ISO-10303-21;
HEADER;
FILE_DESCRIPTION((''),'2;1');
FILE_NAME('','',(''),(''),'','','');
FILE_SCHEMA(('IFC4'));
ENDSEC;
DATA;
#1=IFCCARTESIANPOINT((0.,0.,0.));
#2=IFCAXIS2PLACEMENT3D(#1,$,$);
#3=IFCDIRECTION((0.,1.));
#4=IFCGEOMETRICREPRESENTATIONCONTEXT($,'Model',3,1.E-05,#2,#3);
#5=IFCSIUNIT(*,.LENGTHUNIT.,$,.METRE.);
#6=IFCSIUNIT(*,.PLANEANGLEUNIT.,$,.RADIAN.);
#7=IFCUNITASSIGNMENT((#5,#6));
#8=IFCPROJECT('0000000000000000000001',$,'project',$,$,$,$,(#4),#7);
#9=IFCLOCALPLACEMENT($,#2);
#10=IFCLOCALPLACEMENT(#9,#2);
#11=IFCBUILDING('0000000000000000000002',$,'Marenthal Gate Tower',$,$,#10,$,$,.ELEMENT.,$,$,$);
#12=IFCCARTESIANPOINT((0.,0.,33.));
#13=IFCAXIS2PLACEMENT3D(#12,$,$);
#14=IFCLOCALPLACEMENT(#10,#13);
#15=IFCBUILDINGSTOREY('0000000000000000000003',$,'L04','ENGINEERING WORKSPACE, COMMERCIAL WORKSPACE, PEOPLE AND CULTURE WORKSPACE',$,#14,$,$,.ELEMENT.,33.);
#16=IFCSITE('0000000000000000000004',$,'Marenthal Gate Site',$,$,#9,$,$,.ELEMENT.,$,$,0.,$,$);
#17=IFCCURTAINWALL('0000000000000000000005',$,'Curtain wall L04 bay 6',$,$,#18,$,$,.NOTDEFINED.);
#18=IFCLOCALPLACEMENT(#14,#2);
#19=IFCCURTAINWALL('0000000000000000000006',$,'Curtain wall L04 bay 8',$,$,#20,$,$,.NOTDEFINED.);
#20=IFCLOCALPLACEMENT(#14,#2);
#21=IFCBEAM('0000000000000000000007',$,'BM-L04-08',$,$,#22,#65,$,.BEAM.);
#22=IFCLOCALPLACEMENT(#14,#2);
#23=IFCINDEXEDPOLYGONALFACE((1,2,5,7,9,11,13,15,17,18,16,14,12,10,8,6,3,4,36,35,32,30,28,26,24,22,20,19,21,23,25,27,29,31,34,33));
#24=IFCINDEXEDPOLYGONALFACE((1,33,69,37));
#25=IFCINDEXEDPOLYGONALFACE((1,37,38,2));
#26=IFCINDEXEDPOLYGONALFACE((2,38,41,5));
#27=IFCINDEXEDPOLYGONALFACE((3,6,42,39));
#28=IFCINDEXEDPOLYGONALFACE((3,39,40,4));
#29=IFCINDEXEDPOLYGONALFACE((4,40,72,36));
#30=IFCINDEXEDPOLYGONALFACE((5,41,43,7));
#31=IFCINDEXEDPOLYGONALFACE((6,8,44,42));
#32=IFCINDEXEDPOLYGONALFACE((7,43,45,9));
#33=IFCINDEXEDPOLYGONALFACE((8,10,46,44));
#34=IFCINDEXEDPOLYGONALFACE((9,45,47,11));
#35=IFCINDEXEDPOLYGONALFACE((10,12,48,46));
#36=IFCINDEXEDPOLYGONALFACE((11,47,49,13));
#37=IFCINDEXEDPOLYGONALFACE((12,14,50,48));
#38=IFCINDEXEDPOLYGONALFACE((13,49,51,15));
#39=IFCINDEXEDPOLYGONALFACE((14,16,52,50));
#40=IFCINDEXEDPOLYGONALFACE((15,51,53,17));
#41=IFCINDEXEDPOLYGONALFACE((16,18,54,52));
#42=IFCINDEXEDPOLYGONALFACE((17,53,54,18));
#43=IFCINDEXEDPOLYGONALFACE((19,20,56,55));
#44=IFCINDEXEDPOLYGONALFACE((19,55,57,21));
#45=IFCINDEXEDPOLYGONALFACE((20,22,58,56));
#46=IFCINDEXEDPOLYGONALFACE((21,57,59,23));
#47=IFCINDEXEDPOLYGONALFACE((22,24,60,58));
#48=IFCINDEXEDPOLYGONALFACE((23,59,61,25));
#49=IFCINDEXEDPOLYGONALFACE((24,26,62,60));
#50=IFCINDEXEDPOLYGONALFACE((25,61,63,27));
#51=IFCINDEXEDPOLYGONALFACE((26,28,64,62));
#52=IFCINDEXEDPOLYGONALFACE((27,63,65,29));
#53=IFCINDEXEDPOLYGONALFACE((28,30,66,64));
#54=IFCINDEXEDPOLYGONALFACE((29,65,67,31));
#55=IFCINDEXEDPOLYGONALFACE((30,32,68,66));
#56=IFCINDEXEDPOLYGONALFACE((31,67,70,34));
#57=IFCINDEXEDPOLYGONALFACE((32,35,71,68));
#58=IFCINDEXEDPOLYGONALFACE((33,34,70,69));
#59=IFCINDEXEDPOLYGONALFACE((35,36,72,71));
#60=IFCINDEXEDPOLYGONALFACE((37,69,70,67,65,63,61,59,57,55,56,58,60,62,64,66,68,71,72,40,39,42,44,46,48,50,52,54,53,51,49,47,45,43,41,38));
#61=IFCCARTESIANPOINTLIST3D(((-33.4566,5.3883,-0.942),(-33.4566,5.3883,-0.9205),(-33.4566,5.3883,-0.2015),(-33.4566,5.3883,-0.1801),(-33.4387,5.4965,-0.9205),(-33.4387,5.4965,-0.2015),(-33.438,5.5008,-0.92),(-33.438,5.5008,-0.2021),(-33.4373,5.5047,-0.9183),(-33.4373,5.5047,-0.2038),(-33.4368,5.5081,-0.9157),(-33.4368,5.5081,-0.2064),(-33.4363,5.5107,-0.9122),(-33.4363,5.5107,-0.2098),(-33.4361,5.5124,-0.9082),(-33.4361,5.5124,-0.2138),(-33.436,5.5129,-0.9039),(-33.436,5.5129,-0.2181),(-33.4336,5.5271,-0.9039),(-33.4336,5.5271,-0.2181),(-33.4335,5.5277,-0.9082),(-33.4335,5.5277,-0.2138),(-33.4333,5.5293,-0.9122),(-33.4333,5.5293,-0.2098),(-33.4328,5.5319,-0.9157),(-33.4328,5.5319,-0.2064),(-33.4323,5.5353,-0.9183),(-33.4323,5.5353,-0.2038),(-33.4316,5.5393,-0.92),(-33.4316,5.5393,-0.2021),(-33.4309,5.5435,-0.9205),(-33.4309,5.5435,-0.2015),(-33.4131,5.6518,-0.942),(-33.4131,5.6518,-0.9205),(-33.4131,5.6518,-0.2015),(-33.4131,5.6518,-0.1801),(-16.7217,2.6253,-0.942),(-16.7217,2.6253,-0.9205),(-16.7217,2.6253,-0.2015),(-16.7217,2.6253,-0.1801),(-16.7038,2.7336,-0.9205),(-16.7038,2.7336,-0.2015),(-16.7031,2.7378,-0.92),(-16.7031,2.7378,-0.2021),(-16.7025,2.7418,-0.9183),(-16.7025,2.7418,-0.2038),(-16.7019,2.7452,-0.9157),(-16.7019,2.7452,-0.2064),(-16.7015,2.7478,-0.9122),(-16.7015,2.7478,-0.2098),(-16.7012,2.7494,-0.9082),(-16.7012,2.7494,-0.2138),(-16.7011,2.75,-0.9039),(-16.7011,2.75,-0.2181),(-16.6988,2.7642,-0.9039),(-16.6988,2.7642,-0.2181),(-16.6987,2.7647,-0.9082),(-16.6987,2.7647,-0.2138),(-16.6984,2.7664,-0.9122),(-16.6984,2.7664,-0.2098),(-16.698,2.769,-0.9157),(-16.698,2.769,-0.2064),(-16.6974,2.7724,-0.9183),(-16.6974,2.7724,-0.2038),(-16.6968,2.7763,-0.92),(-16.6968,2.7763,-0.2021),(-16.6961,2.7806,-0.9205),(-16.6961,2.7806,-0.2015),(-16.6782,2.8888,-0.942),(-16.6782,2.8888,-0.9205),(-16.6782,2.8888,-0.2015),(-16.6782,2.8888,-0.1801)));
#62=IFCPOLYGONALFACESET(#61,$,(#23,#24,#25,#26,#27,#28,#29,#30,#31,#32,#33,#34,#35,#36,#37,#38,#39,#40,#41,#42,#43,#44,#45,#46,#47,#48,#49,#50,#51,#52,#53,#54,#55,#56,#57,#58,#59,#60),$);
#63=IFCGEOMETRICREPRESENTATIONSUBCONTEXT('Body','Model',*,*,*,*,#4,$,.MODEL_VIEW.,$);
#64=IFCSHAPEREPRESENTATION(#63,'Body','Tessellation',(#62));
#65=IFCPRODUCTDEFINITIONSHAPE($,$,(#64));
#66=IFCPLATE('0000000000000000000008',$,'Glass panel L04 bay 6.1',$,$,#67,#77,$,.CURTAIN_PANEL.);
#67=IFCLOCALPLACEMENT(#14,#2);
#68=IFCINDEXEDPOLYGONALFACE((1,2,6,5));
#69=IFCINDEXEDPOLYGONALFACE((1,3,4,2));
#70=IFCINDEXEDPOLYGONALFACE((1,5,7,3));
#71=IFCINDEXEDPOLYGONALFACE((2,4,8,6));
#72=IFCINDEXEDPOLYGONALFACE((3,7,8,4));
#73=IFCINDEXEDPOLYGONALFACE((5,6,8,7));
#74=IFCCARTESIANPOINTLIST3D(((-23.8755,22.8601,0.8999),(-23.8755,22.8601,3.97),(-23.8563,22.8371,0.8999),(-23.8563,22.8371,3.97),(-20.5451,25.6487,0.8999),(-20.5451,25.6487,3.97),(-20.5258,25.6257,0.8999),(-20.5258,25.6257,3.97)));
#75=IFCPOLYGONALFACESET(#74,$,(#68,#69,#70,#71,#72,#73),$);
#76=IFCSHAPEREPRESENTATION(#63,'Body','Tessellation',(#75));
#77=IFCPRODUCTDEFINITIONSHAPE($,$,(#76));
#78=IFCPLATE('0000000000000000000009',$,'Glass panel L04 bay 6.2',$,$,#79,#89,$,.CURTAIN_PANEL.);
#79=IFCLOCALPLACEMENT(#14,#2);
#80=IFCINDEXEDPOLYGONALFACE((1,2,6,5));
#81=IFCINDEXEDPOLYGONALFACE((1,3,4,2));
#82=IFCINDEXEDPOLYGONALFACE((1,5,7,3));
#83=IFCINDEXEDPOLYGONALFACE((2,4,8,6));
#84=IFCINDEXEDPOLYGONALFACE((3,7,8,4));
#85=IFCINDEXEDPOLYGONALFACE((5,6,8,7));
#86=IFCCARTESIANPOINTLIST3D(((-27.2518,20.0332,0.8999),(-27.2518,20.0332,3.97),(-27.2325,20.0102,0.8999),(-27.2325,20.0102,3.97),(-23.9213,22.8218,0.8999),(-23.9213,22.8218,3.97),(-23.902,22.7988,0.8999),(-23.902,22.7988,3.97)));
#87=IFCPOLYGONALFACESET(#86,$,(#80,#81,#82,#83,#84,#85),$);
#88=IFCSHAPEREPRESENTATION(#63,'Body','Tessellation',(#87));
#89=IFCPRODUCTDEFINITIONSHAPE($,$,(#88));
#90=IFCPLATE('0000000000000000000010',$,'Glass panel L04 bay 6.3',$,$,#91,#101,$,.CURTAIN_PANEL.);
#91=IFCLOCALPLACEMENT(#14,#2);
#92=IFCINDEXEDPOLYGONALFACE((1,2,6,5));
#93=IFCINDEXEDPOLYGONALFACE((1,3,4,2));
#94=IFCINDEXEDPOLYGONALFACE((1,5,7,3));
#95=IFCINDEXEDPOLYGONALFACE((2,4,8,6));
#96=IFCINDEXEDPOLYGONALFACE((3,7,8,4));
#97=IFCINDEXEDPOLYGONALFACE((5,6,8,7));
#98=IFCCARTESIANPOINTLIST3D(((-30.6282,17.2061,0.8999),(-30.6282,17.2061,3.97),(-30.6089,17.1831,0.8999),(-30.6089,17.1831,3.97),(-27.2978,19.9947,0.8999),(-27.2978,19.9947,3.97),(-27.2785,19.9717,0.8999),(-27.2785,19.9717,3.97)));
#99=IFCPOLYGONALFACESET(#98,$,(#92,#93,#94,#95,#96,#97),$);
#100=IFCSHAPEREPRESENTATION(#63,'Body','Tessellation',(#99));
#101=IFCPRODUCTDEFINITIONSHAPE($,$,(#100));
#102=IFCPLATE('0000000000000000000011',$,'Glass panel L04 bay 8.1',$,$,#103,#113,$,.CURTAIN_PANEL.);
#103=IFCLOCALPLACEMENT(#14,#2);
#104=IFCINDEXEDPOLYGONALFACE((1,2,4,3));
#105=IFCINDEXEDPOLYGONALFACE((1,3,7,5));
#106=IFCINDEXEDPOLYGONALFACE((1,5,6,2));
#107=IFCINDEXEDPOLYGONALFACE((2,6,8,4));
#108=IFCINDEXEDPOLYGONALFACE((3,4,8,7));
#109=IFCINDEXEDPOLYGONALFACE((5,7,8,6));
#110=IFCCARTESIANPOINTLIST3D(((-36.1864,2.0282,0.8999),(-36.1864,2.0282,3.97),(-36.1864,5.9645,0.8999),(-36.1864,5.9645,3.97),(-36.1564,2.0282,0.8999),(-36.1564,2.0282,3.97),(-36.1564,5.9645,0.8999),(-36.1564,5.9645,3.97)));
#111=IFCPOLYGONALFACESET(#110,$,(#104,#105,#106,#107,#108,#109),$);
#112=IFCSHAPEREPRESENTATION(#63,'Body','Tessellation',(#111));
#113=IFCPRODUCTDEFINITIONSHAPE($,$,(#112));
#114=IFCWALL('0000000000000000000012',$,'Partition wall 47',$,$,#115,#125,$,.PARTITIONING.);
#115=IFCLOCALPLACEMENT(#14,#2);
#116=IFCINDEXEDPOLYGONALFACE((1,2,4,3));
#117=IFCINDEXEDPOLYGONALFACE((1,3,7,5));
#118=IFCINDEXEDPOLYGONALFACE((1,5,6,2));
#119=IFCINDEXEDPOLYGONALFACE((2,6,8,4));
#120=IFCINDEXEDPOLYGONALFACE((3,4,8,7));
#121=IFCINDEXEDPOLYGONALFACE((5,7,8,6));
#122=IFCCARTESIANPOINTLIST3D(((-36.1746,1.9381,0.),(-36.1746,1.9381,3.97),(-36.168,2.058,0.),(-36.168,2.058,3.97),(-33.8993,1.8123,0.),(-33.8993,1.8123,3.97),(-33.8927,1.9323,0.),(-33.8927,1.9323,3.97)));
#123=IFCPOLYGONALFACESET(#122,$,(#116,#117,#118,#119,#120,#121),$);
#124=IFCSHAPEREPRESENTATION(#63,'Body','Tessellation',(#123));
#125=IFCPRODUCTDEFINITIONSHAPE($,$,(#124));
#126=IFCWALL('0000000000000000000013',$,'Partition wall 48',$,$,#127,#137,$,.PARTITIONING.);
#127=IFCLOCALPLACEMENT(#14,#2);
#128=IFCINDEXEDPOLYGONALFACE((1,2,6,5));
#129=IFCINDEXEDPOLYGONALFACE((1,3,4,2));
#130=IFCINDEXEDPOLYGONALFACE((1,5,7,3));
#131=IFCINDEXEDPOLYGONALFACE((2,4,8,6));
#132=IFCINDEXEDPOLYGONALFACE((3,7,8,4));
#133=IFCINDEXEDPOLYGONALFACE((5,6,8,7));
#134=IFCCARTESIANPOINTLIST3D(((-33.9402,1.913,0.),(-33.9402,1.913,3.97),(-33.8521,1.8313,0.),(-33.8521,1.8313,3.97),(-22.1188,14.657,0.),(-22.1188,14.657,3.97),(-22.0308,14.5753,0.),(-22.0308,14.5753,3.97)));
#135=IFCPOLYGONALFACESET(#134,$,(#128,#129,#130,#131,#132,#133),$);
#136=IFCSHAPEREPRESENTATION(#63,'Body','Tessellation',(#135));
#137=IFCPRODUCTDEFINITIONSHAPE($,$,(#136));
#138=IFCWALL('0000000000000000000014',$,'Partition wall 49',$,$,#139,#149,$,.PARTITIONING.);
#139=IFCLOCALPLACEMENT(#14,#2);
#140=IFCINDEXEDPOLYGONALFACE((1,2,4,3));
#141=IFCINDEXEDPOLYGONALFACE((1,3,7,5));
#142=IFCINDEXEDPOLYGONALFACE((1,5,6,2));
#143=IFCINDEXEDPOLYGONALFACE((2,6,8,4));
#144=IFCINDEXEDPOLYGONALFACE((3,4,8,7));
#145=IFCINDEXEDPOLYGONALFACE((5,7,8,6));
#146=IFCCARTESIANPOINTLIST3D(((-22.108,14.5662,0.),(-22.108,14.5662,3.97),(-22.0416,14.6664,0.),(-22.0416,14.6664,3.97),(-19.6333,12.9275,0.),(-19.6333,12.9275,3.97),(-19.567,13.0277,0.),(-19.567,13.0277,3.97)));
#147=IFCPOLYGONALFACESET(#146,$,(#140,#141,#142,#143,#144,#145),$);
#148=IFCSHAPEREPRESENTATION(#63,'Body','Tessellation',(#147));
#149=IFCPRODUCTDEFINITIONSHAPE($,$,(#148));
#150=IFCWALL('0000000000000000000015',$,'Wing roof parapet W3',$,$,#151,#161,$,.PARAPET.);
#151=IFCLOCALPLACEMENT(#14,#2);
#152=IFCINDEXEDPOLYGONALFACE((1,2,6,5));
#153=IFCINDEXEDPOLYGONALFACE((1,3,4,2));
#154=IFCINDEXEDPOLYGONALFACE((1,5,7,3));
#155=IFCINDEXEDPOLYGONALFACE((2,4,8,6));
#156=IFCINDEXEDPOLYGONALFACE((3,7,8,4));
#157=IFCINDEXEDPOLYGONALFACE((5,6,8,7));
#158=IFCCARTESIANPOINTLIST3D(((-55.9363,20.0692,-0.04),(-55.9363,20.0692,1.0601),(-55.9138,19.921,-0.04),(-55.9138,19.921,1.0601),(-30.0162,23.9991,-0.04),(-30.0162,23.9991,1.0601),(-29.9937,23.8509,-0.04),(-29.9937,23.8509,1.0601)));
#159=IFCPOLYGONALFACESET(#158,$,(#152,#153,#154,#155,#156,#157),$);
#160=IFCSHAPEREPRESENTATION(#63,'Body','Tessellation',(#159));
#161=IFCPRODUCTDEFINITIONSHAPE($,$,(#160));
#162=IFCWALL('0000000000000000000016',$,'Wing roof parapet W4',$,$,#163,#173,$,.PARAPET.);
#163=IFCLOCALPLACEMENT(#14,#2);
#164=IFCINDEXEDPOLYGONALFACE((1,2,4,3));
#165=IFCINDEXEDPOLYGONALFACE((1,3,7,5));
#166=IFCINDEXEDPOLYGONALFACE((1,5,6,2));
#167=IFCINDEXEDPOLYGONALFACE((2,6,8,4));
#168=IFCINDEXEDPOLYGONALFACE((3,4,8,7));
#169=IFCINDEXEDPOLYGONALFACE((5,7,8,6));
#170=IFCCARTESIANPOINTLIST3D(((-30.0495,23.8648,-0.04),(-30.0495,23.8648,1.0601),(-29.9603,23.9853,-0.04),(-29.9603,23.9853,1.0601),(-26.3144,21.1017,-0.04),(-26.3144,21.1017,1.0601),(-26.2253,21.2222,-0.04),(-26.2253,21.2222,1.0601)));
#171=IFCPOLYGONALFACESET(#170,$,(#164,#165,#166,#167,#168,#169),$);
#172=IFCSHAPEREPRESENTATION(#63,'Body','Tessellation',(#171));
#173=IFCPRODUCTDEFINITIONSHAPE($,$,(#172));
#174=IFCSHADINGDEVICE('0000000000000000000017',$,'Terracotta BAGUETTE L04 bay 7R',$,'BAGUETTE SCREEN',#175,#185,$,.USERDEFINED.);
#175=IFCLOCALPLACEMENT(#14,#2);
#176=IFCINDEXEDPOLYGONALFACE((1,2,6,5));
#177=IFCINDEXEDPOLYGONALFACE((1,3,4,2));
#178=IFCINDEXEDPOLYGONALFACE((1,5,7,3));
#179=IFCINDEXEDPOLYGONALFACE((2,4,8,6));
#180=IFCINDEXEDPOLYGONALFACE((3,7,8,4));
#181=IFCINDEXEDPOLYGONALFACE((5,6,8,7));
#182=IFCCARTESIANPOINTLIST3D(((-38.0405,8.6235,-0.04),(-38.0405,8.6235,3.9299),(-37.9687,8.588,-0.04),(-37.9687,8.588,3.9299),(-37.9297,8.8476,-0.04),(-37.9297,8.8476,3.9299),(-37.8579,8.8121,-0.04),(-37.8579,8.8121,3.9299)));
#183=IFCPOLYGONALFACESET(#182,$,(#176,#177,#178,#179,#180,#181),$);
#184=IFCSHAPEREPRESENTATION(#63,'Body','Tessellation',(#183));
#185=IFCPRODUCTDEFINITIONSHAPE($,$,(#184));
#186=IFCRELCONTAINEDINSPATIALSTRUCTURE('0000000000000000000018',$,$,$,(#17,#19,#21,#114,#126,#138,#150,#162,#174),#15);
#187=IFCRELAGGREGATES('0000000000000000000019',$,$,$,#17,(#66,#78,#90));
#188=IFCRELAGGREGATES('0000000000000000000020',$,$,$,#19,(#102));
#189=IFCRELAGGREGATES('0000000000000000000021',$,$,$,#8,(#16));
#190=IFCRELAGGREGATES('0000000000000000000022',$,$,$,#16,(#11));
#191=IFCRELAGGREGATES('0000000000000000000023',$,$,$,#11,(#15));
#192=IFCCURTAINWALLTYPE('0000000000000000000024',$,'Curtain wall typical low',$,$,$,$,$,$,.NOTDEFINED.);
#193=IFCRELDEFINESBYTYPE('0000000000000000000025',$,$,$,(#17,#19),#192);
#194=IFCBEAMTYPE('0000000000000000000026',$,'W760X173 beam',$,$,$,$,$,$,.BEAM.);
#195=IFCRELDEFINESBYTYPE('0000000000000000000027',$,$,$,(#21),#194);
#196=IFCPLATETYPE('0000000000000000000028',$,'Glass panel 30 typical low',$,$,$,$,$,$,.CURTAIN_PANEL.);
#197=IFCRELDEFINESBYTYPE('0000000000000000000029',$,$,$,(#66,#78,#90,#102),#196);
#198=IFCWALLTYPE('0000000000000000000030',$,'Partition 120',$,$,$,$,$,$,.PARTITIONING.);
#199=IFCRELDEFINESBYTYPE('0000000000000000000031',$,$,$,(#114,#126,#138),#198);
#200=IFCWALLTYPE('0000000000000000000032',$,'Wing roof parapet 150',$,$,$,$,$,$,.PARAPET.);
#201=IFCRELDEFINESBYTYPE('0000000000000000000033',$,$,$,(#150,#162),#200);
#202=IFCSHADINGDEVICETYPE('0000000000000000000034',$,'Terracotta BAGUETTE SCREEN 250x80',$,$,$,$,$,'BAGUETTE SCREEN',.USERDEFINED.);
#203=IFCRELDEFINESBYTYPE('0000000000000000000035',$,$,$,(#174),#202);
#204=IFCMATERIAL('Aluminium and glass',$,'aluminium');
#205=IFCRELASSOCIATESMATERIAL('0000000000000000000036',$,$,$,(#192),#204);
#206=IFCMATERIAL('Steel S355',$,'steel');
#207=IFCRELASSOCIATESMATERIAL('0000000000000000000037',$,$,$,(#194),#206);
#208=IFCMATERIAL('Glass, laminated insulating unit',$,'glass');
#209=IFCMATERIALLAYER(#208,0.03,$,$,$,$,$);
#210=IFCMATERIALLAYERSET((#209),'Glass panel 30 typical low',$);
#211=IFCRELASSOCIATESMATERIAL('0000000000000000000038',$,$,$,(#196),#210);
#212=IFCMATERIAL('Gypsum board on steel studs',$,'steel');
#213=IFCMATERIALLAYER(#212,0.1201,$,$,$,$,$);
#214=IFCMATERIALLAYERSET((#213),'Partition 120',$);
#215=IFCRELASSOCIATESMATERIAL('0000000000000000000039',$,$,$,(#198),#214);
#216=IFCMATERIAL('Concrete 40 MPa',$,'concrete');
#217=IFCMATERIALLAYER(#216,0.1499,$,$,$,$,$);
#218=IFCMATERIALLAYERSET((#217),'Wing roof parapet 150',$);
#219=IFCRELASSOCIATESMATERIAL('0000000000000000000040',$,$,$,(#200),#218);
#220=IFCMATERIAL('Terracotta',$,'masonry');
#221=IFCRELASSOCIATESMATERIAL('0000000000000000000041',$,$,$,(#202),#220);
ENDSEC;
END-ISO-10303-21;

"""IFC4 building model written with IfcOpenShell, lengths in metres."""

from ifc_helpers import new_model, si_unit, direction, frame, frame_2d, origin, origin_2d, place, context, subcontext, project, spatial, rectangle, i_section, extrude, material, layer, layer_set, material_profile, profile_set, type_object, element, aggregate, save


model = new_model("IFC4")

# Units and contexts
model_context = context("Model", 3, precision=1e-05, world=origin(), true_north=direction((0.0, 1.0)))
body_context = subcontext(model_context, "Body", "Model", "MODEL_VIEW")
ifc_project = project(units=[si_unit("LENGTHUNIT", "METRE"), si_unit("PLANEANGLEUNIT", "RADIAN")], contexts=[model_context])

# Site, building, storey
site_placement = place(None, origin())
site = spatial("IfcSite", under=ifc_project, at=site_placement, Name="Marenthal Gate Site", CompositionType="ELEMENT", RefElevation=0.0)
building_placement = place(site_placement, origin())
building = spatial("IfcBuilding", under=site, at=building_placement, Name="Marenthal Gate Tower", CompositionType="ELEMENT")
storey_placement = place(building_placement, frame((0.0, 0.0, 33.0)))
storey = spatial("IfcBuildingStorey", under=building, at=storey_placement, Name="L04", Description="ENGINEERING WORKSPACE, COMMERCIAL WORKSPACE, PEOPLE AND CULTURE WORKSPACE", CompositionType="ELEMENT", Elevation=33.0)

# Curtain walls
ifc_material_1 = material(Name="Aluminium and glass", Category="aluminium")
curtain_wall_type = type_object("IfcCurtainWallType", Name="Curtain wall typical low", PredefinedType="NOTDEFINED", material=ifc_material_1)
curtain_wall_1_placement = place(storey_placement, origin())
curtain_wall_1 = element("IfcCurtainWall", 1, at=curtain_wall_1_placement, inside=storey, type_object=curtain_wall_type, Name="Curtain wall L04 bay 6", PredefinedType="NOTDEFINED")
curtain_wall_2_placement = place(storey_placement, origin())
curtain_wall_2 = element("IfcCurtainWall", 2, at=curtain_wall_2_placement, inside=storey, type_object=curtain_wall_type, Name="Curtain wall L04 bay 8", PredefinedType="NOTDEFINED")

# Beam
ifc_material_2 = material(Name="Steel S355", Category="steel")
ifc_material_profile_1 = material_profile(ifc_material_2, i_section(OverallWidth=0.2671, OverallDepth=0.762, WebThickness=0.0144, FlangeThickness=0.0215, FilletRadius=0.0166, at=origin_2d()), Name="W760X173")
ifc_profile_set_1 = profile_set([ifc_material_profile_1], Name="Steel S355")
beam_type_1 = type_object("IfcBeamType", Name="W760X173 beam", PredefinedType="BEAM", material=ifc_profile_set_1)
beam_1_placement = place(storey_placement, frame((-33.4348, 5.52, -0.561), z_axis=(0.986643, -0.162896, 0.0), x_axis=(0.162896, 0.986643, 0.0)))
element("IfcBeam", 3, at=beam_1_placement, inside=storey, type_object=beam_type_1, Name="BM-L04-08", PredefinedType="BEAM", context=body_context, shape_type="SweptSolid", body=[
    extrude(i_section(OverallWidth=0.2671, OverallDepth=0.762, WebThickness=0.0144, FlangeThickness=0.0215, FilletRadius=0.0166, at=origin_2d()), origin(), (0.0, 0.0, 1.0), 16.9614),
])

# Plates
ifc_material_3 = material(Name="Glass, laminated insulating unit", Category="glass")
ifc_layer_1 = layer(ifc_material_3, 0.03)
ifc_layer_set_1 = layer_set([ifc_layer_1], Name="Glass panel 30 typical low")
plate_type = type_object("IfcPlateType", Name="Glass panel 30 typical low", PredefinedType="CURTAIN_PANEL", material=ifc_layer_set_1)
plate_1_placement = place(storey_placement, frame((-22.2007, 24.2429, 0.8999), z_axis=(0.0, 0.0, 1.0), x_axis=(-0.76672, -0.641982, 0.0)))
plate_1 = element("IfcPlate", 4, at=plate_1_placement, type_object=plate_type, Name="Glass panel L04 bay 6.1", PredefinedType="CURTAIN_PANEL", context=body_context, shape_type="SweptSolid", body=[
    extrude(rectangle(XDim=4.3438, YDim=0.03, at=origin_2d()), origin(), (0.0, 0.0, 1.0), 3.0701),
])
plate_2_placement = place(storey_placement, frame((-25.5769, 21.416, 0.8999), z_axis=(0.0, 0.0, 1.0), x_axis=(-0.76672, -0.641982, 0.0)))
plate_2 = element("IfcPlate", 5, at=plate_2_placement, type_object=plate_type, Name="Glass panel L04 bay 6.2", PredefinedType="CURTAIN_PANEL", context=body_context, shape_type="SweptSolid", body=[
    extrude(rectangle(XDim=4.3438, YDim=0.03, at=origin_2d()), origin(), (0.0, 0.0, 1.0), 3.0701),
])
plate_3_placement = place(storey_placement, frame((-28.9534, 18.5889, 0.8999), z_axis=(0.0, 0.0, 1.0), x_axis=(-0.76672, -0.641982, 0.0)))
plate_3 = element("IfcPlate", 6, at=plate_3_placement, type_object=plate_type, Name="Glass panel L04 bay 6.3", PredefinedType="CURTAIN_PANEL", context=body_context, shape_type="SweptSolid", body=[
    extrude(rectangle(XDim=4.3438, YDim=0.03, at=origin_2d()), origin(), (0.0, 0.0, 1.0), 3.0701),
])
aggregate(curtain_wall_1, [plate_1, plate_2, plate_3])
plate_4_placement = place(storey_placement, frame((-36.1714, 3.9963, 0.8999), z_axis=(0.0, 0.0, 1.0), x_axis=(0.0, -1.0, 0.0)))
plate_4 = element("IfcPlate", 7, at=plate_4_placement, type_object=plate_type, Name="Glass panel L04 bay 8.1", PredefinedType="CURTAIN_PANEL", context=body_context, shape_type="SweptSolid", body=[
    extrude(rectangle(XDim=3.9363, YDim=0.03, at=origin_2d()), origin(), (0.0, 0.0, 1.0), 3.0701),
])
aggregate(curtain_wall_2, [plate_4])

# Walls
ifc_material_4 = material(Name="Gypsum board on steel studs", Category="steel")
ifc_layer_2 = layer(ifc_material_4, 0.1201)
ifc_layer_set_2 = layer_set([ifc_layer_2], Name="Partition 120")
wall_type_1 = type_object("IfcWallType", Name="Partition 120", PredefinedType="PARTITIONING", material=ifc_layer_set_2)
wall_1_placement = place(storey_placement, frame((-33.896, 1.8723, 0.0), z_axis=(0.0, 0.0, 1.0), x_axis=(-0.998477, 0.055173, 0.0)))
element("IfcWall", 8, at=wall_1_placement, inside=storey, type_object=wall_type_1, Name="Partition wall 47", PredefinedType="PARTITIONING", context=body_context, shape_type="SweptSolid", body=[
    extrude(rectangle(XDim=2.2788, YDim=0.1201, at=frame_2d((1.1394, 0.0))), origin(), (0.0, 0.0, 1.0), 3.97),
])
wall_2_placement = place(storey_placement, frame((-22.0747, 14.6162, 0.0), z_axis=(0.0, 0.0, 1.0), x_axis=(-0.68007, -0.733147, 0.0)))
element("IfcWall", 9, at=wall_2_placement, inside=storey, type_object=wall_type_1, Name="Partition wall 48", PredefinedType="PARTITIONING", context=body_context, shape_type="SweptSolid", body=[
    extrude(rectangle(XDim=17.3826, YDim=0.1201, at=frame_2d((8.6914, 0.0))), origin(), (0.0, 0.0, 1.0), 3.97),
])
wall_3_placement = place(storey_placement, frame((-22.0747, 14.6162, 0.0), z_axis=(0.0, 0.0, 1.0), x_axis=(0.833767, -0.552116, 0.0)))
element("IfcWall", 10, at=wall_3_placement, inside=storey, type_object=wall_type_1, Name="Partition wall 49", PredefinedType="PARTITIONING", context=body_context, shape_type="SweptSolid", body=[
    extrude(rectangle(XDim=2.968, YDim=0.1201, at=frame_2d((1.4839, 0.0))), origin(), (0.0, 0.0, 1.0), 3.97),
])

# Walls
ifc_material_5 = material(Name="Concrete 40 MPa", Category="concrete")
ifc_layer_3 = layer(ifc_material_5, 0.1499)
ifc_layer_set_3 = layer_set([ifc_layer_3], Name="Wing roof parapet 150")
wall_type_2 = type_object("IfcWallType", Name="Wing roof parapet 150", PredefinedType="PARAPET", material=ifc_layer_set_3)
wall_4_placement = place(storey_placement, frame((-55.925, 19.9951, -0.04), z_axis=(0.0, 0.0, 1.0), x_axis=(0.988701, 0.149904, 0.0)))
element("IfcWall", 11, at=wall_4_placement, inside=storey, type_object=wall_type_2, Name="Wing roof parapet W3", PredefinedType="PARAPET", context=body_context, shape_type="SweptSolid", body=[
    extrude(rectangle(XDim=26.2163, YDim=0.1499, at=frame_2d((13.1082, 0.0))), origin(), (0.0, 0.0, 1.0), 1.1001),
])
wall_5_placement = place(storey_placement, frame((-30.0049, 23.925, -0.04), z_axis=(0.0, 0.0, 1.0), x_axis=(0.803924, -0.594732, 0.0)))
element("IfcWall", 12, at=wall_5_placement, inside=storey, type_object=wall_type_2, Name="Wing roof parapet W4", PredefinedType="PARAPET", context=body_context, shape_type="SweptSolid", body=[
    extrude(rectangle(XDim=4.646, YDim=0.1499, at=frame_2d((2.323, 0.0))), origin(), (0.0, 0.0, 1.0), 1.1001),
])

# Shading device
ifc_material_6 = material(Name="Terracotta", Category="masonry")
ifc_material_profile_2 = material_profile(ifc_material_6, rectangle(XDim=0.25, YDim=0.0801, at=origin_2d()), Name="Terracotta baguette 250x80")
ifc_profile_set_2 = profile_set([ifc_material_profile_2], Name="Terracotta")
shading_device_type = type_object("IfcShadingDeviceType", Name="Terracotta BAGUETTE SCREEN 250x80", ElementType="BAGUETTE SCREEN", PredefinedType="USERDEFINED", material=ifc_profile_set_2)
shading_device_placement = place(storey_placement, frame((-37.9492, 8.7178, -0.04), z_axis=(0.0, 0.0, 1.0), x_axis=(-0.44312, -0.896462, 0.0)))
element("IfcShadingDevice", 13, at=shading_device_placement, inside=storey, type_object=shading_device_type, Name="Terracotta BAGUETTE L04 bay 7R", ObjectType="BAGUETTE SCREEN", PredefinedType="USERDEFINED", context=body_context, shape_type="SweptSolid", body=[
    extrude(rectangle(XDim=0.25, YDim=0.0801, at=origin_2d()), origin(), (0.0, 0.0, 1.0), 3.97),
])

save(model, "model.ifc")
